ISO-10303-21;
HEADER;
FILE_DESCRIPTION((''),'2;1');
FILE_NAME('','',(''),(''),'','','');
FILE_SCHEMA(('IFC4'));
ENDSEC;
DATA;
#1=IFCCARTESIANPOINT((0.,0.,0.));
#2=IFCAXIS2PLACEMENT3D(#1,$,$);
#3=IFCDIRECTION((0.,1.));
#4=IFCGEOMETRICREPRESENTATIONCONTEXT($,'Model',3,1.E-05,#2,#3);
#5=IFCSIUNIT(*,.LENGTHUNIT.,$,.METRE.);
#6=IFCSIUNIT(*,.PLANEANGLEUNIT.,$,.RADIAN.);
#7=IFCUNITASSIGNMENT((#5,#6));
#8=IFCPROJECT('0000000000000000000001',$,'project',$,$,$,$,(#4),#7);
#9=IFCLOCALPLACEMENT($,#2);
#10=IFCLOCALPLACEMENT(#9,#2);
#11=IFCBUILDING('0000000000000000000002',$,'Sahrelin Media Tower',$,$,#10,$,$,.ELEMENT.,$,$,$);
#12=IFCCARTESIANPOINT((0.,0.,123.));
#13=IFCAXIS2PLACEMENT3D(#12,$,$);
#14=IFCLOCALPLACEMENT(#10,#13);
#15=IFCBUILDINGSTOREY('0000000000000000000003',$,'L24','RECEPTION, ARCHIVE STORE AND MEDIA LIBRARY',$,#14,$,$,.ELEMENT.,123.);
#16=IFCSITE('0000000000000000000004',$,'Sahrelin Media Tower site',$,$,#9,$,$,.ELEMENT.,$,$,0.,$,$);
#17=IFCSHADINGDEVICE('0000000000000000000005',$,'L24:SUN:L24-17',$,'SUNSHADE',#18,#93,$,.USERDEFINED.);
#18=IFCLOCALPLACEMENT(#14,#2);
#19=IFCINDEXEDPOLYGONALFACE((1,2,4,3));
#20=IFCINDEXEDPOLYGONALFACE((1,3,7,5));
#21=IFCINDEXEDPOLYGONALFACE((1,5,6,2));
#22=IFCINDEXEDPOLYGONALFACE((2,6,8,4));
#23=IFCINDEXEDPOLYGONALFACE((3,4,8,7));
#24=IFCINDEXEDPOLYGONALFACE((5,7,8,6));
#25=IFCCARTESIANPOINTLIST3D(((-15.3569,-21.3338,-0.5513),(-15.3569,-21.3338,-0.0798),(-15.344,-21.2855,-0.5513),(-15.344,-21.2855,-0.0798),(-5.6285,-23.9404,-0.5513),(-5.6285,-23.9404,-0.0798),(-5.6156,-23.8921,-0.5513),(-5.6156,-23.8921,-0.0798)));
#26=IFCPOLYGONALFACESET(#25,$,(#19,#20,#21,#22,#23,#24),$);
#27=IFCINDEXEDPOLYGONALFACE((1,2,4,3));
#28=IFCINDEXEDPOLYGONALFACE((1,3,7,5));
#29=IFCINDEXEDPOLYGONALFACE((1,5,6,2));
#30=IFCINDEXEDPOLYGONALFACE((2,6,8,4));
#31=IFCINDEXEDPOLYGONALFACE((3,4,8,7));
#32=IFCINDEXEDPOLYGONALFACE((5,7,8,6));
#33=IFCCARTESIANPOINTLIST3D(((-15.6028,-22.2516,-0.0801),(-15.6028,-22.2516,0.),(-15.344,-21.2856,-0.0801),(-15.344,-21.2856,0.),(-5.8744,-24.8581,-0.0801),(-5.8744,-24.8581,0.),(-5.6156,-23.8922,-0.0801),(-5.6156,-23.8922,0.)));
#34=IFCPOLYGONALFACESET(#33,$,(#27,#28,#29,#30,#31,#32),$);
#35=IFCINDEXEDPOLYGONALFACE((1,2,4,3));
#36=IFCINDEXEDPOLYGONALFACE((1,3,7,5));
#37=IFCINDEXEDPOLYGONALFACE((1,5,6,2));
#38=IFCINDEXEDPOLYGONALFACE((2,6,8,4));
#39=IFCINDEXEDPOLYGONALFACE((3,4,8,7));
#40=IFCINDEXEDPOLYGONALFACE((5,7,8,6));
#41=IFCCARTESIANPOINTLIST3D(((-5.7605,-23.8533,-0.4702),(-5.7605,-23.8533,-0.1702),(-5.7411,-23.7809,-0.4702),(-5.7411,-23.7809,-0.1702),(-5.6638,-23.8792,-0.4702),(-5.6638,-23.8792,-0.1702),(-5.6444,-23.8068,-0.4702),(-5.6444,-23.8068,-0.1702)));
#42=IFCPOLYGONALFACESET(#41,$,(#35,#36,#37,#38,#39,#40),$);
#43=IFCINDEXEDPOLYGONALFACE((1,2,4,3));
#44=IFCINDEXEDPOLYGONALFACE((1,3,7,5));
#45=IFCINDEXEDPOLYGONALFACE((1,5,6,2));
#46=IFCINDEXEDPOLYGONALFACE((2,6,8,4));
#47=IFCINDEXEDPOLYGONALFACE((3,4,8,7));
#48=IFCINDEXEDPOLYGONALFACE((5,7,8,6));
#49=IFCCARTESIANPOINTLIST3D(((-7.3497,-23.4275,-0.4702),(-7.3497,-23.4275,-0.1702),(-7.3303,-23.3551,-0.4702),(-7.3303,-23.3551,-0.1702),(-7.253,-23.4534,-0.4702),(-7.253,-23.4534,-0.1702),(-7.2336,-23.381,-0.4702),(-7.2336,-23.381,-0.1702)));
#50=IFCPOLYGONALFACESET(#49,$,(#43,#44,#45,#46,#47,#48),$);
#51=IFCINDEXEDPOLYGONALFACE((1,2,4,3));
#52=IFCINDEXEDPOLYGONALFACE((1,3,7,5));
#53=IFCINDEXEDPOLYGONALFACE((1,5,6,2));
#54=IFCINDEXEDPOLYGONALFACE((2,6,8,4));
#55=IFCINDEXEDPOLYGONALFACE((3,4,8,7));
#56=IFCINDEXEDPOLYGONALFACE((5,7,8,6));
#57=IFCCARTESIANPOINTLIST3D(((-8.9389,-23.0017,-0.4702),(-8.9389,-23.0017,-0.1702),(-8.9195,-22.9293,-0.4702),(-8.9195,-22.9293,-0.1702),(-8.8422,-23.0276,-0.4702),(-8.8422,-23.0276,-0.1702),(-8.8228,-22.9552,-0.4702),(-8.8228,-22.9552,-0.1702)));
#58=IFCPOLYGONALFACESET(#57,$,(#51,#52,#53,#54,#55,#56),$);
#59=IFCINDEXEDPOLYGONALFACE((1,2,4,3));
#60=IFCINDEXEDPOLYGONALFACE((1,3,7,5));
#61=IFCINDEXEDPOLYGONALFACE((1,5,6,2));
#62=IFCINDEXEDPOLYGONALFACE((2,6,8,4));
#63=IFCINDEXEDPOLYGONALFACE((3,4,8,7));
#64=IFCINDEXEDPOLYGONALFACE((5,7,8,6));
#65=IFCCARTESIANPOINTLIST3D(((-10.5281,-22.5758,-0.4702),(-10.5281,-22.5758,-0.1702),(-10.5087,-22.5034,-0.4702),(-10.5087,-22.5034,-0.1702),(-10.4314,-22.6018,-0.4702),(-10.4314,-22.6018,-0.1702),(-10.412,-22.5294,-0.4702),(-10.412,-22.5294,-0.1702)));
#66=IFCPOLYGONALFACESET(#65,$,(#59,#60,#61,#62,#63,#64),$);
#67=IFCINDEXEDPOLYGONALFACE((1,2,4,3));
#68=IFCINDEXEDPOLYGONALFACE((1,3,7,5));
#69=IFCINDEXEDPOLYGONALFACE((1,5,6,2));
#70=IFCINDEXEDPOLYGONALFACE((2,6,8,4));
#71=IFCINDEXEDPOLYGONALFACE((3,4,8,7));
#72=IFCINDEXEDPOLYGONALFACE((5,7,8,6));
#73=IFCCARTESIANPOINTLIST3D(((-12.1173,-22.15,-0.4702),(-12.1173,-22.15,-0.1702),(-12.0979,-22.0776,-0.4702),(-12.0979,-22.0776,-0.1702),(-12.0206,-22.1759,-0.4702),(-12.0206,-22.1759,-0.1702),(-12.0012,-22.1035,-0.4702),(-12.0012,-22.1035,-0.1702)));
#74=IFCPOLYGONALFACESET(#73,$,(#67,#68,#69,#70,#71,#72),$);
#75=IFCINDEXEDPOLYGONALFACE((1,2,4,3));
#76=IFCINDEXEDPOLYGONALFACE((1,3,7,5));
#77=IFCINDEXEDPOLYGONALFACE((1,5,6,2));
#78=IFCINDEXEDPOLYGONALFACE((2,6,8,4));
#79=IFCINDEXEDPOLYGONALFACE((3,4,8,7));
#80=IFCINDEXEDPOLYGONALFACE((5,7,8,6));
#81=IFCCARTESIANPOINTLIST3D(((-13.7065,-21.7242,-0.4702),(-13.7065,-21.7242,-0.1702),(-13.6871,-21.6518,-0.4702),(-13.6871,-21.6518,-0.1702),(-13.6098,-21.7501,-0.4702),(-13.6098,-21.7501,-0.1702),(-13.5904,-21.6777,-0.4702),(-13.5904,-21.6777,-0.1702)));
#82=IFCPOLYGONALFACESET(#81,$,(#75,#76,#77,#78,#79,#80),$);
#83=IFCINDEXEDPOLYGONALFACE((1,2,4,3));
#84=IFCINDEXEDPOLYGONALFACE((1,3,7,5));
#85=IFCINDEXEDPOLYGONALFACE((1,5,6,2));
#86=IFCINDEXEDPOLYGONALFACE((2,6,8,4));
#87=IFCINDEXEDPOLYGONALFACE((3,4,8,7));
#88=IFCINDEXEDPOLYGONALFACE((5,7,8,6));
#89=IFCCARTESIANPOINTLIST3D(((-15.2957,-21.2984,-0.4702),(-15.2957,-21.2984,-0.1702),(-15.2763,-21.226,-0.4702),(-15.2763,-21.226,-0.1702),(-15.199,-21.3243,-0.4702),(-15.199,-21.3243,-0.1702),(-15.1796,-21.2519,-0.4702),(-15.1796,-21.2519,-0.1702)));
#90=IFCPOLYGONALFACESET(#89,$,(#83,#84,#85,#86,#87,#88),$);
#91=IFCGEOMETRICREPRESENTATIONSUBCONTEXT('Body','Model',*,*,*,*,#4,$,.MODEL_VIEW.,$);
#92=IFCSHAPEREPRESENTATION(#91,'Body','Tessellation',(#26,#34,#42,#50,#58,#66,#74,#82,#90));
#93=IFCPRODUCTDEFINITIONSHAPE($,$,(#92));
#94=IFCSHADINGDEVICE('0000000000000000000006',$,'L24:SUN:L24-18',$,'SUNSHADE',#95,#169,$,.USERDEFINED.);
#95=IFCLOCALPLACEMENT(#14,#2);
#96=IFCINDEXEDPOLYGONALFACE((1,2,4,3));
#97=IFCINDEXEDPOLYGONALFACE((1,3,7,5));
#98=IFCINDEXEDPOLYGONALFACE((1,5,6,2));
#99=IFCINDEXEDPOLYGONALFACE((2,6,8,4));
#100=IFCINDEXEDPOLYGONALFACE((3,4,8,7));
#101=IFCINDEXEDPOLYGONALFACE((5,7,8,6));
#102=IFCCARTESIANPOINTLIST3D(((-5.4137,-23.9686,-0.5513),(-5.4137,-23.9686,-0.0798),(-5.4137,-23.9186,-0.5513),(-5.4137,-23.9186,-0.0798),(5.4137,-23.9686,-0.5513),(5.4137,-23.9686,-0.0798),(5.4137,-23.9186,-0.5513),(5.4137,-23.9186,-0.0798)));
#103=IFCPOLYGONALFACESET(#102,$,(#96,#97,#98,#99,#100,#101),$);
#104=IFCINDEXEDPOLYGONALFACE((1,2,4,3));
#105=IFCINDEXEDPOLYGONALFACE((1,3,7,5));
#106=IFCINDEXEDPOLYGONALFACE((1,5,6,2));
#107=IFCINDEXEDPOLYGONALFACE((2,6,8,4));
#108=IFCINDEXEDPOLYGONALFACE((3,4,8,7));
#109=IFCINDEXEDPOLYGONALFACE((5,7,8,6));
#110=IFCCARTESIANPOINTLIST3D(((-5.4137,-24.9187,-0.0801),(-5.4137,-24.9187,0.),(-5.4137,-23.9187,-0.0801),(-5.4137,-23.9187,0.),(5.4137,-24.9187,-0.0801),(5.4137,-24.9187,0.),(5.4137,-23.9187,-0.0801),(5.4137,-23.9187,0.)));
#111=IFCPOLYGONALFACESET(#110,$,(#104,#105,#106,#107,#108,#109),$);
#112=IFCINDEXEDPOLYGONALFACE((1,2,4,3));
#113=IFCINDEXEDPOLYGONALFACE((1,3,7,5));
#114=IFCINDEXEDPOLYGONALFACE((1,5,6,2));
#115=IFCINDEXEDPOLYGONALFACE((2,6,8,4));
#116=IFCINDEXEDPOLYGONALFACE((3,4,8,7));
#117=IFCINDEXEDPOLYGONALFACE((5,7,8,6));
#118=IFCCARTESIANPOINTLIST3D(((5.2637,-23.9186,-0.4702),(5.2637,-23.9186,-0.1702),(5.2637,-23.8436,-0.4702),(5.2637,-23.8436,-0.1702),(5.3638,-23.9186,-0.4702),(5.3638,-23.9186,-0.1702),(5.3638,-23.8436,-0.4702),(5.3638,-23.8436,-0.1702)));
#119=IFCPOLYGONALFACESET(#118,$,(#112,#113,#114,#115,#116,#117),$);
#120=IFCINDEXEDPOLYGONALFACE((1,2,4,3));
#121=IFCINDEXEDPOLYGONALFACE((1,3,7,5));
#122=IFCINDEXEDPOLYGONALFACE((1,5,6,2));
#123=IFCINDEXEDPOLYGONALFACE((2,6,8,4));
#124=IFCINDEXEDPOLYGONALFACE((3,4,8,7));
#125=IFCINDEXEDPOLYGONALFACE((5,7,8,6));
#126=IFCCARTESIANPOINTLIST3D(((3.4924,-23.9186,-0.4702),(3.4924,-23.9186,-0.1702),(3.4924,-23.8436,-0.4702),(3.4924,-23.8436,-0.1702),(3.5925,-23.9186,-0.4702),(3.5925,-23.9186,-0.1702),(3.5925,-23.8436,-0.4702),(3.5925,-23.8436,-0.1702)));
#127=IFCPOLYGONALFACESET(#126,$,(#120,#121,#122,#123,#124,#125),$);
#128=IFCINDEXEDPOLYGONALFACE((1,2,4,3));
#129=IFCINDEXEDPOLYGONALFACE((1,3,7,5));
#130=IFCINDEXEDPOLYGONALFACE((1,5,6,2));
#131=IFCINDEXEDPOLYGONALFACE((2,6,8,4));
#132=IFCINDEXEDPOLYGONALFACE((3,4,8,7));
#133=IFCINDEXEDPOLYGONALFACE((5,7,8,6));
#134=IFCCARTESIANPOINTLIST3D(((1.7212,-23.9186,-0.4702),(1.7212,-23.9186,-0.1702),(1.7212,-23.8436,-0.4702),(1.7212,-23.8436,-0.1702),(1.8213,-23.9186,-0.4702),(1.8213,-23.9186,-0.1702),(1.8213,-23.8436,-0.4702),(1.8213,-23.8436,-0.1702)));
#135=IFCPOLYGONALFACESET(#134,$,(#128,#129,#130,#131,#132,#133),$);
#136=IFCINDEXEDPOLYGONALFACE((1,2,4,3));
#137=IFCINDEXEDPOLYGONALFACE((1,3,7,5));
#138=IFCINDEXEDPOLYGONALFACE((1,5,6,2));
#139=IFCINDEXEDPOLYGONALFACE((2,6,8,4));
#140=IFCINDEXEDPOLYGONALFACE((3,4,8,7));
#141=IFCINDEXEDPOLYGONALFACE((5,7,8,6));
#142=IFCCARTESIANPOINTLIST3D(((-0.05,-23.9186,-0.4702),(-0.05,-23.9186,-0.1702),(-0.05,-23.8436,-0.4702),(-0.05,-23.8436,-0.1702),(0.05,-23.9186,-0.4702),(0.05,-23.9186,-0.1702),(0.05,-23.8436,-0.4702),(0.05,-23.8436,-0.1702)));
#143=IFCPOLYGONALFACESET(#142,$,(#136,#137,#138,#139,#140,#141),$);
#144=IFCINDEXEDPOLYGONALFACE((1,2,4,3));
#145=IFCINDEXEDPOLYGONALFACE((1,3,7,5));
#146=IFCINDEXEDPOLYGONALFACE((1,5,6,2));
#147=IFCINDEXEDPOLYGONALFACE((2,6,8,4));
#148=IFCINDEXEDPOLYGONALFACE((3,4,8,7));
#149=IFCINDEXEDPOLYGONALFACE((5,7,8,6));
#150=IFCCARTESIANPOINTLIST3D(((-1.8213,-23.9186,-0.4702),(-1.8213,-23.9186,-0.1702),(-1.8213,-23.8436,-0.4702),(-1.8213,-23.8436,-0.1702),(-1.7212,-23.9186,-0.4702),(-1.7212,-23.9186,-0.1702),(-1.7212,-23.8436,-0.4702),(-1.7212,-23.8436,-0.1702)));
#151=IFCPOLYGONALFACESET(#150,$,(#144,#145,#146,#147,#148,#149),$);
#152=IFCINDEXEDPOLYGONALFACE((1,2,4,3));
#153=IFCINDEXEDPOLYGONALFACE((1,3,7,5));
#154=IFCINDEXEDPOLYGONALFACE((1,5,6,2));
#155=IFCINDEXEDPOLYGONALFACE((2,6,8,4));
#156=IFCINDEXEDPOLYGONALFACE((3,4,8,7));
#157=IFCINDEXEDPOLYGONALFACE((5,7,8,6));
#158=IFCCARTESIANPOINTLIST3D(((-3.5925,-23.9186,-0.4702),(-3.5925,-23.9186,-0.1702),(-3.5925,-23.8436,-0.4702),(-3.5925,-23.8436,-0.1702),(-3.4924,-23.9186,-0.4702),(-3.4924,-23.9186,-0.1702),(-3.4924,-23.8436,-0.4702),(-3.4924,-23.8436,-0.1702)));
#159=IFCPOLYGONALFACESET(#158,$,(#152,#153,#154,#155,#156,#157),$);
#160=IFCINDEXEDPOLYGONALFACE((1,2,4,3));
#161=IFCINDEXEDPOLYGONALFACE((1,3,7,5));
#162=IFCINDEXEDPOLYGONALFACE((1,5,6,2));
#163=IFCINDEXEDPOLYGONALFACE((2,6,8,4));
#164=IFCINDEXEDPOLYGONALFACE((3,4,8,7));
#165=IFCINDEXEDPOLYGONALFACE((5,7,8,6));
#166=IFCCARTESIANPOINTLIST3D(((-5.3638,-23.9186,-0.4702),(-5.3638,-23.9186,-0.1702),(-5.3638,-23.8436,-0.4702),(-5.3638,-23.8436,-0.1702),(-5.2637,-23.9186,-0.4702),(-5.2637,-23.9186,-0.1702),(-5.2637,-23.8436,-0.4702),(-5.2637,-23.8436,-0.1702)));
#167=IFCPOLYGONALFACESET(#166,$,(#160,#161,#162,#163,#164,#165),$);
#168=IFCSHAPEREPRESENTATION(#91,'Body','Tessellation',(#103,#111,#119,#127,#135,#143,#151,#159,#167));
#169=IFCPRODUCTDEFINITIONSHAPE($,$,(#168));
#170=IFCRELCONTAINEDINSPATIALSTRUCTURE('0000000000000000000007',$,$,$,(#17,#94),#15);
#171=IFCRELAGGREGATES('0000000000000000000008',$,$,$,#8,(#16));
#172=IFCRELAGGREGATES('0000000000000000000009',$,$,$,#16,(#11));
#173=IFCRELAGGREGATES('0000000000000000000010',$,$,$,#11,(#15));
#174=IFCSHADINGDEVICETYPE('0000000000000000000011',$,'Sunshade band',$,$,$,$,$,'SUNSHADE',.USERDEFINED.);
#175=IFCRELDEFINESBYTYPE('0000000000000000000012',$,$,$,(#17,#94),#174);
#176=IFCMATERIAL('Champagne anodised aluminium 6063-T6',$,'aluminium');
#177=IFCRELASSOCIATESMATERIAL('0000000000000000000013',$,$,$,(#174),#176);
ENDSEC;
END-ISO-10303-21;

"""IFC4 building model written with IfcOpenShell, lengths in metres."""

from ifc_helpers import new_model, si_unit, direction, frame, origin, origin_2d, place, context, subcontext, project, spatial, rectangle, extrude, material, type_object, element, save


model = new_model("IFC4")

# Units and contexts
model_context = context("Model", 3, precision=1e-05, world=origin(), true_north=direction((0.0, 1.0)))
body_context = subcontext(model_context, "Body", "Model", "MODEL_VIEW")
ifc_project = project(units=[si_unit("LENGTHUNIT", "METRE"), si_unit("PLANEANGLEUNIT", "RADIAN")], contexts=[model_context])

# Site, building, storey
site_placement = place(None, origin())
site = spatial("IfcSite", under=ifc_project, at=site_placement, Name="Sahrelin Media Tower site", CompositionType="ELEMENT", RefElevation=0.0)
building_placement = place(site_placement, origin())
building = spatial("IfcBuilding", under=site, at=building_placement, Name="Sahrelin Media Tower", CompositionType="ELEMENT")
storey_placement = place(building_placement, frame((0.0, 0.0, 123.0)))
storey = spatial("IfcBuildingStorey", under=building, at=storey_placement, Name="L24", Description="RECEPTION, ARCHIVE STORE AND MEDIA LIBRARY", CompositionType="ELEMENT", Elevation=123.0)

# Shared definitions
ifc_material_1 = material(Name="Champagne anodised aluminium 6063-T6", Category="aluminium")

# Shading devices
placement_1 = place(storey_placement, frame((-10.4746, -22.5696, 0.0), z_axis=(0.0, 0.0, 1.0), x_axis=(-0.965929, 0.258808, 0.0)))
placement_2 = place(storey_placement, frame((0.0, -23.8987, 0.0), z_axis=(0.0, 0.0, 1.0), x_axis=(-1.0, 0.0, 0.0)))
shading_device_type_1 = type_object("IfcShadingDeviceType", Name="Sunshade band", ElementType="SUNSHADE", PredefinedType="USERDEFINED", material=ifc_material_1)
element("IfcShadingDevice", 1, at=placement_1, inside=storey, type_object=shading_device_type_1, Name="L24:SUN:L24-17", ObjectType="SUNSHADE", PredefinedType="USERDEFINED", context=body_context, shape_type="SweptSolid", body=[
    extrude(rectangle(XDim=10.0715, YDim=0.05, at=origin_2d()), frame((0.0, 0.0449, -0.5513)), (0.0, 0.0, 1.0), 0.4714),
    extrude(rectangle(XDim=10.0715, YDim=1.0, at=origin_2d()), frame((0.0, 0.52, -0.0801)), (0.0, 0.0, 1.0), 0.0801),
    extrude(rectangle(XDim=0.1001, YDim=0.075, at=origin_2d()), frame((-4.9358, -0.0176, -0.4702)), (0.0, 0.0, 1.0), 0.3),
    extrude(rectangle(XDim=0.1001, YDim=0.075, at=origin_2d()), frame((-3.2905, -0.0176, -0.4702)), (0.0, 0.0, 1.0), 0.3),
    extrude(rectangle(XDim=0.1001, YDim=0.075, at=origin_2d()), frame((-1.6453, -0.0176, -0.4702)), (0.0, 0.0, 1.0), 0.3),
    extrude(rectangle(XDim=0.1001, YDim=0.075, at=origin_2d()), frame((0.0, -0.0176, -0.4702)), (0.0, 0.0, 1.0), 0.3),
    extrude(rectangle(XDim=0.1001, YDim=0.075, at=origin_2d()), frame((1.6453, -0.0176, -0.4702)), (0.0, 0.0, 1.0), 0.3),
    extrude(rectangle(XDim=0.1001, YDim=0.075, at=origin_2d()), frame((3.2905, -0.0176, -0.4702)), (0.0, 0.0, 1.0), 0.3),
    extrude(rectangle(XDim=0.1001, YDim=0.075, at=origin_2d()), frame((4.9358, -0.0176, -0.4702)), (0.0, 0.0, 1.0), 0.3),
])
element("IfcShadingDevice", 2, at=placement_2, inside=storey, type_object=shading_device_type_1, Name="L24:SUN:L24-18", ObjectType="SUNSHADE", PredefinedType="USERDEFINED", context=body_context, shape_type="SweptSolid", body=[
    extrude(rectangle(XDim=10.8274, YDim=0.05, at=origin_2d()), frame((0.0, 0.0449, -0.5513)), (0.0, 0.0, 1.0), 0.4714),
    extrude(rectangle(XDim=10.8274, YDim=1.0, at=origin_2d()), frame((0.0, 0.52, -0.0801)), (0.0, 0.0, 1.0), 0.0801),
    extrude(rectangle(XDim=0.1001, YDim=0.075, at=origin_2d()), frame((-5.3137, -0.0176, -0.4702)), (0.0, 0.0, 1.0), 0.3),
    extrude(rectangle(XDim=0.1001, YDim=0.075, at=origin_2d()), frame((-3.5425, -0.0176, -0.4702)), (0.0, 0.0, 1.0), 0.3),
    extrude(rectangle(XDim=0.1001, YDim=0.075, at=origin_2d()), frame((-1.7712, -0.0176, -0.4702)), (0.0, 0.0, 1.0), 0.3),
    extrude(rectangle(XDim=0.1001, YDim=0.075, at=origin_2d()), frame((0.0, -0.0176, -0.4702)), (0.0, 0.0, 1.0), 0.3),
    extrude(rectangle(XDim=0.1001, YDim=0.075, at=origin_2d()), frame((1.7712, -0.0176, -0.4702)), (0.0, 0.0, 1.0), 0.3),
    extrude(rectangle(XDim=0.1001, YDim=0.075, at=origin_2d()), frame((3.5425, -0.0176, -0.4702)), (0.0, 0.0, 1.0), 0.3),
    extrude(rectangle(XDim=0.1001, YDim=0.075, at=origin_2d()), frame((5.3137, -0.0176, -0.4702)), (0.0, 0.0, 1.0), 0.3),
])

save(model, "model.ifc")
